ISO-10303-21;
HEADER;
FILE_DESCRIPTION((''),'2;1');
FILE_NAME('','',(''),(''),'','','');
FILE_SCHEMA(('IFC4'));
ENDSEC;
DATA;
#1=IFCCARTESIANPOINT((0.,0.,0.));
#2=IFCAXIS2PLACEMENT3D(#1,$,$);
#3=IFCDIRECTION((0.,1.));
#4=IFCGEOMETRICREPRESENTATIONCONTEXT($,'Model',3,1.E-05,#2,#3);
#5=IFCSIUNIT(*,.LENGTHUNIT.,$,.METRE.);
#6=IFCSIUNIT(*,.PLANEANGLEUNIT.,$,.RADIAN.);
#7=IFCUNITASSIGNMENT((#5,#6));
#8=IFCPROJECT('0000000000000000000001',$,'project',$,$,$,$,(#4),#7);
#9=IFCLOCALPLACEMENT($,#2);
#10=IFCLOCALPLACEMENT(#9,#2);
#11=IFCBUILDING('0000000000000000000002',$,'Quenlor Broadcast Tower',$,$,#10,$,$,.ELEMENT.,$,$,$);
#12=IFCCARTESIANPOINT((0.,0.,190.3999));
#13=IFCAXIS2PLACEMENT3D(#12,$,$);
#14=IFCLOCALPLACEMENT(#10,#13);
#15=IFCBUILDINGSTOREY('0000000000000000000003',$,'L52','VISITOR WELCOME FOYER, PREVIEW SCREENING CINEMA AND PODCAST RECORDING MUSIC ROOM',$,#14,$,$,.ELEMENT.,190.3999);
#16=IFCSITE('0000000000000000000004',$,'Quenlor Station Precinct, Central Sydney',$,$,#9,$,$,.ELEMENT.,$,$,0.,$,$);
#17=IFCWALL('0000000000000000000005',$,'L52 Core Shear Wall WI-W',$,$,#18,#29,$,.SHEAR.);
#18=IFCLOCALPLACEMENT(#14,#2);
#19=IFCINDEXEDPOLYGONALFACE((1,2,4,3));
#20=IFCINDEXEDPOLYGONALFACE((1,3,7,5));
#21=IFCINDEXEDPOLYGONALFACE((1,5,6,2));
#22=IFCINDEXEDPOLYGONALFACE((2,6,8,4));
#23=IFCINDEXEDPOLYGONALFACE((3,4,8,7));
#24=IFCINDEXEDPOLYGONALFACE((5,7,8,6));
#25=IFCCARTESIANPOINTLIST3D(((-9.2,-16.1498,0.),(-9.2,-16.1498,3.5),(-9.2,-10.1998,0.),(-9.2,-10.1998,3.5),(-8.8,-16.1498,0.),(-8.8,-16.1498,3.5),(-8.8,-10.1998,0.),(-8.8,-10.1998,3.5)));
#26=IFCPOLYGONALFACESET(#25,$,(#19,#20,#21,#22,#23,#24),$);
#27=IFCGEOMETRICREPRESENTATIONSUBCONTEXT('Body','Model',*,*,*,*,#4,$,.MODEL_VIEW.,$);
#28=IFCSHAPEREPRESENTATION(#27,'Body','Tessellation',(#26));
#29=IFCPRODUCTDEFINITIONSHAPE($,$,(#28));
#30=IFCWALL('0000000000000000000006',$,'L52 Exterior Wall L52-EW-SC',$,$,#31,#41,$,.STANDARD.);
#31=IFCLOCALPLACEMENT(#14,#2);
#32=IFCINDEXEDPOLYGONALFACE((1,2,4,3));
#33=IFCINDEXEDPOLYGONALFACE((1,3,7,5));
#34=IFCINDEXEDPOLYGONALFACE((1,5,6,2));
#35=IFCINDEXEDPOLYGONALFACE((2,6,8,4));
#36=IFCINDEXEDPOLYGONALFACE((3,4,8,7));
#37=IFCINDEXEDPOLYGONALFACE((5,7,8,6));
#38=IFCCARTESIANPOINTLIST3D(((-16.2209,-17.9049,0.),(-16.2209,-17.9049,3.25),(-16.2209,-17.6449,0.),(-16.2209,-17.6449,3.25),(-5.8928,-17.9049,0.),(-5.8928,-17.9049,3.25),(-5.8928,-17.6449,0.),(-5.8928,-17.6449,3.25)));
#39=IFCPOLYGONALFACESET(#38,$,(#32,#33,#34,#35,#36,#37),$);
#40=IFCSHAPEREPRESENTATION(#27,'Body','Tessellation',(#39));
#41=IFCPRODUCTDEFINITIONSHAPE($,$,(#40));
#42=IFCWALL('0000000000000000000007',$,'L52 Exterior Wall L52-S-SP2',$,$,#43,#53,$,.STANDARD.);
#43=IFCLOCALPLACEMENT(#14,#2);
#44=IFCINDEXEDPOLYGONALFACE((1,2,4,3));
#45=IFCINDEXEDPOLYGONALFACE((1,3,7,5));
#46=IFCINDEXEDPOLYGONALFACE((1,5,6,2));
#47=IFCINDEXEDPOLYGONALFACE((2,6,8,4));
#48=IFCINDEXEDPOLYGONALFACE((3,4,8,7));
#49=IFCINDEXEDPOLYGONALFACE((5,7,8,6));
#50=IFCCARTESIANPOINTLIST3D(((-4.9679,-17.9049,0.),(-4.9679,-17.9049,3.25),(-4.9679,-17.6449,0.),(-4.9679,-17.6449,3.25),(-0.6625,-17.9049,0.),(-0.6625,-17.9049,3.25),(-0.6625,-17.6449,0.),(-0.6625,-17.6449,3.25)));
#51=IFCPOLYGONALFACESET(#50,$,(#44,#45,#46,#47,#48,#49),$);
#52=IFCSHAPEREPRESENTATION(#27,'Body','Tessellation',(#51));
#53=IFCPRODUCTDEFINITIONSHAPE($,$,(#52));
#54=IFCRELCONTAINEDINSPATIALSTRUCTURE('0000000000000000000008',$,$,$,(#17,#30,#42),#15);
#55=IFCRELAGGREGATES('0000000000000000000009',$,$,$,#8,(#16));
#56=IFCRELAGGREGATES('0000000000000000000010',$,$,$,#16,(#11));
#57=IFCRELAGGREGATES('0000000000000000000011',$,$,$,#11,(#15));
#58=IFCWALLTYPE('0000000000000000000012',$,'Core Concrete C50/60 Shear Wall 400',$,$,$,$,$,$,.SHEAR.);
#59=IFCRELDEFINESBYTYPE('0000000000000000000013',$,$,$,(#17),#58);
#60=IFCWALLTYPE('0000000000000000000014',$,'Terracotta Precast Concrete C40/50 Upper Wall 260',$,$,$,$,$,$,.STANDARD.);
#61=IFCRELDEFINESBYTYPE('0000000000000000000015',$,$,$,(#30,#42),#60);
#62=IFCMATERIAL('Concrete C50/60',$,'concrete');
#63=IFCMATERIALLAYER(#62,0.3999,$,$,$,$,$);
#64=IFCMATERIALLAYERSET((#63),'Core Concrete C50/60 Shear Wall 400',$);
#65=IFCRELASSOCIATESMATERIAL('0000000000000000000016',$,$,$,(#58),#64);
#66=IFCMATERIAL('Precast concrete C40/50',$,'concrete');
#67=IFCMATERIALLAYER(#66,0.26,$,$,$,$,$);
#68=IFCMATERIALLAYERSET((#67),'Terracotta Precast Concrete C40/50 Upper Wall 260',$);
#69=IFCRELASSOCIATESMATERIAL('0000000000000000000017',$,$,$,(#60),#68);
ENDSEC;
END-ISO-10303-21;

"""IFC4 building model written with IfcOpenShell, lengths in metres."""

from ifc_helpers import new_model, si_unit, direction, frame, frame_2d, origin, place, context, subcontext, project, spatial, rectangle, extrude, material, layer, layer_set, type_object, element, save


model = new_model("IFC4")

# Units and contexts
model_context = context("Model", 3, precision=1e-05, world=origin(), true_north=direction((0.0, 1.0)))
body_context = subcontext(model_context, "Body", "Model", "MODEL_VIEW")
ifc_project = project(units=[si_unit("LENGTHUNIT", "METRE"), si_unit("PLANEANGLEUNIT", "RADIAN")], contexts=[model_context])

# Site, building, storey
site_placement = place(None, origin())
site = spatial("IfcSite", under=ifc_project, at=site_placement, Name="Quenlor Station Precinct, Central Sydney", CompositionType="ELEMENT", RefElevation=0.0)
building_placement = place(site_placement, origin())
building = spatial("IfcBuilding", under=site, at=building_placement, Name="Quenlor Broadcast Tower", CompositionType="ELEMENT")
storey_placement = place(building_placement, frame((0.0, 0.0, 190.3999)))
storey = spatial("IfcBuildingStorey", under=building, at=storey_placement, Name="L52", Description="VISITOR WELCOME FOYER, PREVIEW SCREENING CINEMA AND PODCAST RECORDING MUSIC ROOM", CompositionType="ELEMENT", Elevation=190.3999)

# Walls
ifc_material_1 = material(Name="Concrete C50/60", Category="concrete")
ifc_layer_1 = layer(ifc_material_1, 0.3999)
ifc_layer_set_1 = layer_set([ifc_layer_1], Name="Core Concrete C50/60 Shear Wall 400")
wall_type_1 = type_object("IfcWallType", Name="Core Concrete C50/60 Shear Wall 400", PredefinedType="SHEAR", material=ifc_layer_set_1)
wall_1_placement = place(storey_placement, frame((-9.0, -16.1499, 0.0), z_axis=(0.0, 0.0, 1.0), x_axis=(0.0, 1.0, 0.0)))
element("IfcWall", 1, at=wall_1_placement, inside=storey, type_object=wall_type_1, Name="L52 Core Shear Wall WI-W", PredefinedType="SHEAR", context=body_context, shape_type="SweptSolid", body=[
    extrude(rectangle(XDim=5.95, YDim=0.3999, at=frame_2d((2.9751, 0.0))), origin(), (0.0, 0.0, 1.0), 3.5),
])
ifc_material_2 = material(Name="Precast concrete C40/50", Category="concrete")
ifc_layer_2 = layer(ifc_material_2, 0.26)
ifc_layer_set_2 = layer_set([ifc_layer_2], Name="Terracotta Precast Concrete C40/50 Upper Wall 260")
wall_type_2 = type_object("IfcWallType", Name="Terracotta Precast Concrete C40/50 Upper Wall 260", PredefinedType="STANDARD", material=ifc_layer_set_2)
wall_2_placement = place(storey_placement, frame((-5.8928, -17.7749, 0.0), z_axis=(0.0, 0.0, 1.0), x_axis=(-1.0, 0.0, 0.0)))
element("IfcWall", 2, at=wall_2_placement, inside=storey, type_object=wall_type_2, Name="L52 Exterior Wall L52-EW-SC", PredefinedType="STANDARD", context=body_context, shape_type="SweptSolid", body=[
    extrude(rectangle(XDim=10.3281, YDim=0.26, at=frame_2d((5.1641, 0.0))), origin(), (0.0, 0.0, 1.0), 3.25),
])
wall_3_placement = place(storey_placement, frame((-0.6624, -17.7749, 0.0), z_axis=(0.0, 0.0, 1.0), x_axis=(-1.0, 0.0, 0.0)))
element("IfcWall", 3, at=wall_3_placement, inside=storey, type_object=wall_type_2, Name="L52 Exterior Wall L52-S-SP2", PredefinedType="STANDARD", context=body_context, shape_type="SweptSolid", body=[
    extrude(rectangle(XDim=4.3054, YDim=0.26, at=frame_2d((2.1528, 0.0))), origin(), (0.0, 0.0, 1.0), 3.25),
])

save(model, "model.ifc")
